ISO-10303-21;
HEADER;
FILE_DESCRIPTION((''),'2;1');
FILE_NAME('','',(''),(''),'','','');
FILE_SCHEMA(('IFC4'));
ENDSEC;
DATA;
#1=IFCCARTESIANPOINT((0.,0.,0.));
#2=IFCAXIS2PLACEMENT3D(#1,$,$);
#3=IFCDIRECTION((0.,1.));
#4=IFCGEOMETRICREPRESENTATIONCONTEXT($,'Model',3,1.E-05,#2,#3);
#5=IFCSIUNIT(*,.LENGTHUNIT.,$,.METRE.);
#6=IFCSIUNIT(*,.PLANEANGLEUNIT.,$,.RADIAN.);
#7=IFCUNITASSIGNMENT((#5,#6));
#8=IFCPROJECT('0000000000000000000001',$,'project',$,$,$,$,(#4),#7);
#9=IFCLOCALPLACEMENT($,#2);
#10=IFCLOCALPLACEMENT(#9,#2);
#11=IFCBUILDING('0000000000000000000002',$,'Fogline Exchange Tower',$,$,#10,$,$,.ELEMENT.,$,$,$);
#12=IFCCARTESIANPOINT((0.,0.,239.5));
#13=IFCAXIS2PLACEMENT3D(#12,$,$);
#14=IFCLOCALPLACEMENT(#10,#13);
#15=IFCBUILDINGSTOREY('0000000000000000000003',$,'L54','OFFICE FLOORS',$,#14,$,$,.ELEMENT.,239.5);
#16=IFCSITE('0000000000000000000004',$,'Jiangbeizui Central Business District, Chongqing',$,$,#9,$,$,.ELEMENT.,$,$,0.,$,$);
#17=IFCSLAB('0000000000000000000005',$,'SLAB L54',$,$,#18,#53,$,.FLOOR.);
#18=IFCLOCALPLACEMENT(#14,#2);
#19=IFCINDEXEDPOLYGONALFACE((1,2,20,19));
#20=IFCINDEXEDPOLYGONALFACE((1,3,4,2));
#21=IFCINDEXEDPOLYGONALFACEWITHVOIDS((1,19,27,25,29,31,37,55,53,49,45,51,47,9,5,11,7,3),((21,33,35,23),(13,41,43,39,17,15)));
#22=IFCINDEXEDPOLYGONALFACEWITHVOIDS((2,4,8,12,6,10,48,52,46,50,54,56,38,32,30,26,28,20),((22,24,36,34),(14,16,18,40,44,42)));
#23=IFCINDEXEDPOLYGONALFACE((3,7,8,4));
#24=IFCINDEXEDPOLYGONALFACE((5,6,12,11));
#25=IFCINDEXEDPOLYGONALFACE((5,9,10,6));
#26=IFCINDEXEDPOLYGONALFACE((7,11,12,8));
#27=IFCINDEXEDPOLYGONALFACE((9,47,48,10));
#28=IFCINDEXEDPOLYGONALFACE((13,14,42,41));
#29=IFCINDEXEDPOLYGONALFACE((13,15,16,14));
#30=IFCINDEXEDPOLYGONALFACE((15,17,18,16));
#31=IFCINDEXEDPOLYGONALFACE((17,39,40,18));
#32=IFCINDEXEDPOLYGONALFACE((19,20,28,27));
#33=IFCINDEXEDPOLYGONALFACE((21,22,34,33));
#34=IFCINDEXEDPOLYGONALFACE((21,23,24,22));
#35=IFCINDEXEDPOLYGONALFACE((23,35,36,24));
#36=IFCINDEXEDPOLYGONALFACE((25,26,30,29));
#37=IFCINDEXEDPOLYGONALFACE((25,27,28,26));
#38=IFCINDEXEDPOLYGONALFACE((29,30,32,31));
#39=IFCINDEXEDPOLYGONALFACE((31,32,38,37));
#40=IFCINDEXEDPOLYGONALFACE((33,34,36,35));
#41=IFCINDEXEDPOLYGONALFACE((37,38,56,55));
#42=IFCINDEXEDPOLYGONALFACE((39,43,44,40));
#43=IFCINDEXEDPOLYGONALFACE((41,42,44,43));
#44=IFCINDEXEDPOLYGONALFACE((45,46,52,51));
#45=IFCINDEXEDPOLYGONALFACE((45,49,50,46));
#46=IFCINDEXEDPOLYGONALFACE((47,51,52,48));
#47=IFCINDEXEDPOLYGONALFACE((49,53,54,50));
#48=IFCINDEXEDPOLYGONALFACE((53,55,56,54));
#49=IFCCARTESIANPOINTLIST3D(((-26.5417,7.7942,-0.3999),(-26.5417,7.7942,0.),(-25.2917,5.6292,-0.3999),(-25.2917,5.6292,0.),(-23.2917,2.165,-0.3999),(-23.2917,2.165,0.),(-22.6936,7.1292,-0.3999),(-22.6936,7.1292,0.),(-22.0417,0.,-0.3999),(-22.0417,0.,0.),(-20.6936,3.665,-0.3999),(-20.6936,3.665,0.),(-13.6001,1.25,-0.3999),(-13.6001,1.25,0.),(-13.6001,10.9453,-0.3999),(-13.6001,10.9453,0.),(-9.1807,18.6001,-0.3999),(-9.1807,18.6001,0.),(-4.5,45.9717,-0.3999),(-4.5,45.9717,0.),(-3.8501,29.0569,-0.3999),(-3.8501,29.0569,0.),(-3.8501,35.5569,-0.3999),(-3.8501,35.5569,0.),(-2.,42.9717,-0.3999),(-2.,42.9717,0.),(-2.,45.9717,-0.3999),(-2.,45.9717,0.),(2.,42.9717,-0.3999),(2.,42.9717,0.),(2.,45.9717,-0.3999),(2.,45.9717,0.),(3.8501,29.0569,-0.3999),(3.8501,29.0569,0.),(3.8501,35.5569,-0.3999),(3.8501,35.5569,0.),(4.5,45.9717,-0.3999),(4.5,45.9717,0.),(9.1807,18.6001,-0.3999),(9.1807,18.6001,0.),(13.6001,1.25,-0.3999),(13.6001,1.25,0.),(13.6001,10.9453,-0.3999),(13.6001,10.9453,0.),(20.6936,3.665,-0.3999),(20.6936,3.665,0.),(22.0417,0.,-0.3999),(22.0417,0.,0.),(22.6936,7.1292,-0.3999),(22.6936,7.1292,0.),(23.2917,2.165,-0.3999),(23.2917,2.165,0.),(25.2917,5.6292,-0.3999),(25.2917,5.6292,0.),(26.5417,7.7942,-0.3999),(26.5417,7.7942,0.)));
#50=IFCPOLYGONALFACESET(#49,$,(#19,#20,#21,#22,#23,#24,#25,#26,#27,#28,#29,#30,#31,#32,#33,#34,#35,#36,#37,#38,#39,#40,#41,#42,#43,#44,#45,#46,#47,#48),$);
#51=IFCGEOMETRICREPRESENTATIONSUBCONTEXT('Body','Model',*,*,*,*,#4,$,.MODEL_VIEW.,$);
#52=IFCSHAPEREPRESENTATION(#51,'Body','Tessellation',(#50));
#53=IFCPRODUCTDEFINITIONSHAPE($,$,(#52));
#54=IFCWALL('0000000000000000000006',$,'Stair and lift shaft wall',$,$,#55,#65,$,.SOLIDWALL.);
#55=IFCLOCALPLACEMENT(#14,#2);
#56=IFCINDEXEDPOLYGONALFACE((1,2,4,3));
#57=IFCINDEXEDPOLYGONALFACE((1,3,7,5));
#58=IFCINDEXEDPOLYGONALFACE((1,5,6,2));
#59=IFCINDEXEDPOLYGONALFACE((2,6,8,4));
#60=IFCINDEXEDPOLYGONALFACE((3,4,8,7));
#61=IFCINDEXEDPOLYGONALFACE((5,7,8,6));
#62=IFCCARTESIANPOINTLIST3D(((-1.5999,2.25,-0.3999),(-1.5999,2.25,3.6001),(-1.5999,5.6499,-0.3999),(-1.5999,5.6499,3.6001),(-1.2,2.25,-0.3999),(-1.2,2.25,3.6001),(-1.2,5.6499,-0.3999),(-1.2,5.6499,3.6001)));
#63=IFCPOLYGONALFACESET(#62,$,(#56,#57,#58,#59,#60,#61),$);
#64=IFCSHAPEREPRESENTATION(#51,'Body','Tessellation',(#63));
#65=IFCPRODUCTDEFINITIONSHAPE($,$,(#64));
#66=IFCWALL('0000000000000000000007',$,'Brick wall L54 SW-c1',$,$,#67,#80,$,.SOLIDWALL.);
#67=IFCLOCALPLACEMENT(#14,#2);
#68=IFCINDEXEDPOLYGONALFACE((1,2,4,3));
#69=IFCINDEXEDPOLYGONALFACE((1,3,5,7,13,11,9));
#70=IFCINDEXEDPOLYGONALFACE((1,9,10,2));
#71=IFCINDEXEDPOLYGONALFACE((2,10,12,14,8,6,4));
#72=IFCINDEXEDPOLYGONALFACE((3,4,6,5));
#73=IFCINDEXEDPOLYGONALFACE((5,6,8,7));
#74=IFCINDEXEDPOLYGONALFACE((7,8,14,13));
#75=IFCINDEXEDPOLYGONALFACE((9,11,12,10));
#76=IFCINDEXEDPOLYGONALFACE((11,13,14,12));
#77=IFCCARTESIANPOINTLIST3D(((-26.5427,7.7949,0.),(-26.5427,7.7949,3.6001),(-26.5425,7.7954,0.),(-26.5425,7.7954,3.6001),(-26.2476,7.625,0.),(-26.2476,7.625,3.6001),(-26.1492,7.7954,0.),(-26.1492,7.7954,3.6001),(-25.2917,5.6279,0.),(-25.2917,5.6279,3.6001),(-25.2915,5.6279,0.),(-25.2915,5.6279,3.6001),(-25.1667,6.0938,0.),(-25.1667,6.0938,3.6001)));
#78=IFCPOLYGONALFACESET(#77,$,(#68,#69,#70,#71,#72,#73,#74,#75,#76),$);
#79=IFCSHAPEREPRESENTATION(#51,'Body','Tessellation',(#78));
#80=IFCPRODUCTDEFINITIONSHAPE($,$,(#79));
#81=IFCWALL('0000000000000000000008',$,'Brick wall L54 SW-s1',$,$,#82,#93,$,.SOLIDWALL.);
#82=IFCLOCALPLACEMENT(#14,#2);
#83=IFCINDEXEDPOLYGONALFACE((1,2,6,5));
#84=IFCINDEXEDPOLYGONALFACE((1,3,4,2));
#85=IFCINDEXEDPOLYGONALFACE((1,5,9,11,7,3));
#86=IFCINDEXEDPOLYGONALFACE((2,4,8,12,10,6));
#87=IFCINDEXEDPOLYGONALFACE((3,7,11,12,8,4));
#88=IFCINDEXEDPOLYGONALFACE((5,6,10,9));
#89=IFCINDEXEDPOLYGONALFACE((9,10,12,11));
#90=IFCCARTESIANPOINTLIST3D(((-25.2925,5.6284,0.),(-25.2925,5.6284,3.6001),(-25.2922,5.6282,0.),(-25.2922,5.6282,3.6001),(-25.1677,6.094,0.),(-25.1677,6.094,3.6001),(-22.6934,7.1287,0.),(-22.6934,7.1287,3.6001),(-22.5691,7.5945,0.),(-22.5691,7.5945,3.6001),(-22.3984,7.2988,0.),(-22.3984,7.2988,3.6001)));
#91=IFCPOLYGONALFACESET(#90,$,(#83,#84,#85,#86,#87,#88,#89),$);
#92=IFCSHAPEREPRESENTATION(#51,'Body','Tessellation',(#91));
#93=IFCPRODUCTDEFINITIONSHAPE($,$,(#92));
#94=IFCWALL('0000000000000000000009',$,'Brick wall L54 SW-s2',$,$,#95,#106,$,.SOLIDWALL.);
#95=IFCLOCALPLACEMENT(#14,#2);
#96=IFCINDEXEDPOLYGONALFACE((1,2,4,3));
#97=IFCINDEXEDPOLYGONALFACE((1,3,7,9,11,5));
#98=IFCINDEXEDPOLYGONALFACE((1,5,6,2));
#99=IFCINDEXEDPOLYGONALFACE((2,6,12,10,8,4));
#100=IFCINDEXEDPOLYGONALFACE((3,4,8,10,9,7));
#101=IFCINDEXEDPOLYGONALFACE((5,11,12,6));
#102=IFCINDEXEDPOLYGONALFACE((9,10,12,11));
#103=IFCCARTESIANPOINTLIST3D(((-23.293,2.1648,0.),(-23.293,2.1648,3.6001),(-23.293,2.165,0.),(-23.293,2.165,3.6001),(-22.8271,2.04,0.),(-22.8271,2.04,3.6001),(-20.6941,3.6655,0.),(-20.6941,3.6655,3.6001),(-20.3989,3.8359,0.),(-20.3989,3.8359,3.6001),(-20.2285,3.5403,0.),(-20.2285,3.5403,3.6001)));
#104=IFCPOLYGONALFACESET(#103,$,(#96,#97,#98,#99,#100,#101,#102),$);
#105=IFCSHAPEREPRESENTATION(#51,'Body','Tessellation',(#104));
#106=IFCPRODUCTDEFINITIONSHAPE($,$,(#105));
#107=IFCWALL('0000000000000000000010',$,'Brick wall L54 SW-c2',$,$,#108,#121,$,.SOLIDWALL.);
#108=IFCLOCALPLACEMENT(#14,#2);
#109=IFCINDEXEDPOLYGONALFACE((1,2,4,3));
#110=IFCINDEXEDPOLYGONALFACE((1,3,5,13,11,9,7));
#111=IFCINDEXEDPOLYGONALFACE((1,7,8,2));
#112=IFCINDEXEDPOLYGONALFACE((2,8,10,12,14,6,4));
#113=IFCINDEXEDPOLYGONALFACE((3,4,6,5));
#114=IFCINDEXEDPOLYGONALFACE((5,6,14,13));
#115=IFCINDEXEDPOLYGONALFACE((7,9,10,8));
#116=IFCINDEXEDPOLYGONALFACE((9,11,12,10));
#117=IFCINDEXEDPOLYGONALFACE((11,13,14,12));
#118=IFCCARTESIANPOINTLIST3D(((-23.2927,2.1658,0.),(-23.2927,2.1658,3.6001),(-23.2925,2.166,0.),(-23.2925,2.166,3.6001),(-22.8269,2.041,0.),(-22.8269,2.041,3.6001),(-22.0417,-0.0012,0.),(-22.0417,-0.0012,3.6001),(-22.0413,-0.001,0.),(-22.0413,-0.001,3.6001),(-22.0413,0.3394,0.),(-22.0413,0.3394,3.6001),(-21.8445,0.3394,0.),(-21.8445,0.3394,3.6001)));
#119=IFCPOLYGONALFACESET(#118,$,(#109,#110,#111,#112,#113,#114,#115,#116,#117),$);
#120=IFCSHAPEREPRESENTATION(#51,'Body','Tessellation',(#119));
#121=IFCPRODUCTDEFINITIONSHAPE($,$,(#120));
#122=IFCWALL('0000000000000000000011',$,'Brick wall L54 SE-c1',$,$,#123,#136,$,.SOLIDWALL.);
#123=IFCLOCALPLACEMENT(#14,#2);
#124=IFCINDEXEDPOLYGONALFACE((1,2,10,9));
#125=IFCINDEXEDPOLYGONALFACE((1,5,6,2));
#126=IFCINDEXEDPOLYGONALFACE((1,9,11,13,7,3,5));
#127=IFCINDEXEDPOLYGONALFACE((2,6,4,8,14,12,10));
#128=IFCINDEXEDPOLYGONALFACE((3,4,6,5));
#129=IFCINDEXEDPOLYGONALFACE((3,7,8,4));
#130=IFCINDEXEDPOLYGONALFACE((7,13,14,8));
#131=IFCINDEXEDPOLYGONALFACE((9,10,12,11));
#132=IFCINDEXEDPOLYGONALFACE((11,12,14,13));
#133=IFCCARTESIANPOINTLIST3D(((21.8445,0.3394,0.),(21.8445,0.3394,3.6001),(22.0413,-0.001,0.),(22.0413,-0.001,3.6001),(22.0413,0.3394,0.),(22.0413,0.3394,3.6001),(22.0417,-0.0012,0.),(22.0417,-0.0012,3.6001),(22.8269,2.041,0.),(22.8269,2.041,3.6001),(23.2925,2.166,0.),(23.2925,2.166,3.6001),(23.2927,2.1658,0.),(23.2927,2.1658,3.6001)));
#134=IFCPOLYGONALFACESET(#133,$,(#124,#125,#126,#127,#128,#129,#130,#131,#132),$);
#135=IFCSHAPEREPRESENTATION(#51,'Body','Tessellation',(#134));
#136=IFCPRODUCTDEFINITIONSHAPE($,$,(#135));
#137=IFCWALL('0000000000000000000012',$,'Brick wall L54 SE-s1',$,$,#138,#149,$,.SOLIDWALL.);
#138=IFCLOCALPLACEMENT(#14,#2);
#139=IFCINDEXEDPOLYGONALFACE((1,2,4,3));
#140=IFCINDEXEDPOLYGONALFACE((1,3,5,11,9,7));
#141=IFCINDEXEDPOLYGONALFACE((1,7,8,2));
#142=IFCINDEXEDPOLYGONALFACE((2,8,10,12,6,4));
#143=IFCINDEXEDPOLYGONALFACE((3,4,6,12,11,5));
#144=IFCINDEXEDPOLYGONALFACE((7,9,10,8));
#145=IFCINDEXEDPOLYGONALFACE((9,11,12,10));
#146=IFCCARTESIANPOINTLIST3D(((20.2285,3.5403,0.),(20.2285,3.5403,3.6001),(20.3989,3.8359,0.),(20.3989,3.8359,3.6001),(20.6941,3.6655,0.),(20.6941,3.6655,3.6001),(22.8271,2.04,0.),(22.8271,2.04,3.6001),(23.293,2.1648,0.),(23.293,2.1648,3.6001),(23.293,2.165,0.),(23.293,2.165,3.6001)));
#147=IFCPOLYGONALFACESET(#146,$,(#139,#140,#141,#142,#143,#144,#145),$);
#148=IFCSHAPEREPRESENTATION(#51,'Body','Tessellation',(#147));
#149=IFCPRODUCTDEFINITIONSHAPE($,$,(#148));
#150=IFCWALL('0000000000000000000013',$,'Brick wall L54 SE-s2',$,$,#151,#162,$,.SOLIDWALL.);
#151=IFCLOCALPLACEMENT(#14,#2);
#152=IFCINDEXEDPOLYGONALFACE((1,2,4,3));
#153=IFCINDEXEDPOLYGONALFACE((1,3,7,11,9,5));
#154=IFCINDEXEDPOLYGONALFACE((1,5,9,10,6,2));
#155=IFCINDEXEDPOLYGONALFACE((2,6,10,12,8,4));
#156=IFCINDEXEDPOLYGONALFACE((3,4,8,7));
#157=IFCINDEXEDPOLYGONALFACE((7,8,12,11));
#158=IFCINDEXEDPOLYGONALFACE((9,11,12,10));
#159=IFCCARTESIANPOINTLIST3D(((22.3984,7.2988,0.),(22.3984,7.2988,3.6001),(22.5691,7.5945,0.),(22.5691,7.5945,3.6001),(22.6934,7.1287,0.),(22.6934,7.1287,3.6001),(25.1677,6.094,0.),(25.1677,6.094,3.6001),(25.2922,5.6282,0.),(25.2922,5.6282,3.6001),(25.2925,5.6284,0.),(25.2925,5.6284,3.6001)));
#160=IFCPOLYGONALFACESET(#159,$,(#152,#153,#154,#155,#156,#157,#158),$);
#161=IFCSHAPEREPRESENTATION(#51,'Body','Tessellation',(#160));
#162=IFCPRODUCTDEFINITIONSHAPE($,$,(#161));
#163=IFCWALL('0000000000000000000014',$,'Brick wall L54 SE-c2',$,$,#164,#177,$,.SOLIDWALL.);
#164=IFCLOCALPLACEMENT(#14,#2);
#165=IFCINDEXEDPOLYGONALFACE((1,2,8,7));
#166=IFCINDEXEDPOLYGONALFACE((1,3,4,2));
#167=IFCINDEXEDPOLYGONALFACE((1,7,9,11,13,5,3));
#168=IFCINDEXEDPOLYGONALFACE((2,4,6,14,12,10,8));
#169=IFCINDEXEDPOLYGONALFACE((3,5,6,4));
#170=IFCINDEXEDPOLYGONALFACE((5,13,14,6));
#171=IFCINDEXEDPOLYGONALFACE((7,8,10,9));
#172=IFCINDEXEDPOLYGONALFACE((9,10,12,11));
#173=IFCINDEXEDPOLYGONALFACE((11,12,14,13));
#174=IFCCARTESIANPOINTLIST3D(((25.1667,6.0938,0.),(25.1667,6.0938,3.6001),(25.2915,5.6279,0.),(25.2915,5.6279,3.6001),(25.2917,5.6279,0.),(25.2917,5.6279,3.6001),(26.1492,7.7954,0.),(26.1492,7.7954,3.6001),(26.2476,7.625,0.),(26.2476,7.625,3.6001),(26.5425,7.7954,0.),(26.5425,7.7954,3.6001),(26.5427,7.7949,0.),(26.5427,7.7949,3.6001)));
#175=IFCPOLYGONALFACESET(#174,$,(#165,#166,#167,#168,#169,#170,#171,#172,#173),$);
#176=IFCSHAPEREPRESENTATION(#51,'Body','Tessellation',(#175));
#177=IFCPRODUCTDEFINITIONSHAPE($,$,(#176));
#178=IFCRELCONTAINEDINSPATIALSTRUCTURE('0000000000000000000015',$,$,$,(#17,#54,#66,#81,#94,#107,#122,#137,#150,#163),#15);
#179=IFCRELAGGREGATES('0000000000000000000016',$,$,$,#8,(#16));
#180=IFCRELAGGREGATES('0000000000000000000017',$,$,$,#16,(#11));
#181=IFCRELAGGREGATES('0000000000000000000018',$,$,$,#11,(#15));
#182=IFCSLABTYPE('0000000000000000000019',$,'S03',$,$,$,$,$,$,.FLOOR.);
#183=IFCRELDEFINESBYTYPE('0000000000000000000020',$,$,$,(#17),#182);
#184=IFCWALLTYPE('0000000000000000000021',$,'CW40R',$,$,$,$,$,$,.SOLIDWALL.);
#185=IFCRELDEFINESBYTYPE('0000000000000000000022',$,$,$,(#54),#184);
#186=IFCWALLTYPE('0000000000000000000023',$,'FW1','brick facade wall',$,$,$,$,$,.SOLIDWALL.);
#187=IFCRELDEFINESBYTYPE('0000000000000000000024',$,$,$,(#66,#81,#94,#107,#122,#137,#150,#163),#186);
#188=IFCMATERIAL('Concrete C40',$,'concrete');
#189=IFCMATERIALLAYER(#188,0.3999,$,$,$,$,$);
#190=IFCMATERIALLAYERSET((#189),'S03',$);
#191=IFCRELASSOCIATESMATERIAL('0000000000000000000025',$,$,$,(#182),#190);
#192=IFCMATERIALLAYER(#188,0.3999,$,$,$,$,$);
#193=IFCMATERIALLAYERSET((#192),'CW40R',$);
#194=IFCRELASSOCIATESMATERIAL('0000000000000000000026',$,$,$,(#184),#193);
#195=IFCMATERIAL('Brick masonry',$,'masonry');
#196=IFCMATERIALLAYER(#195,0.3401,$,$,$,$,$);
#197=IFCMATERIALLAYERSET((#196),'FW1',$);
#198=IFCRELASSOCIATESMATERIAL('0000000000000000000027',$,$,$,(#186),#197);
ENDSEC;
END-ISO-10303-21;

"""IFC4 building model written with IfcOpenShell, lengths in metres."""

from ifc_helpers import new_model, si_unit, direction, frame, frame_2d, origin, place, context, subcontext, project, spatial, polyline, rectangle, outline, extrude, material, layer, layer_set, type_object, element, save


model = new_model("IFC4")

# Units and contexts
model_context = context("Model", 3, precision=1e-05, world=origin(), true_north=direction((0.0, 1.0)))
body_context = subcontext(model_context, "Body", "Model", "MODEL_VIEW")
ifc_project = project(units=[si_unit("LENGTHUNIT", "METRE"), si_unit("PLANEANGLEUNIT", "RADIAN")], contexts=[model_context])

# Site, building, storey
site_placement = place(None, origin())
site = spatial("IfcSite", under=ifc_project, at=site_placement, Name="Jiangbeizui Central Business District, Chongqing", CompositionType="ELEMENT", RefElevation=0.0)
building_placement = place(site_placement, origin())
building = spatial("IfcBuilding", under=site, at=building_placement, Name="Fogline Exchange Tower", CompositionType="ELEMENT")
storey_placement = place(building_placement, frame((0.0, 0.0, 239.5)))
storey = spatial("IfcBuildingStorey", under=building, at=storey_placement, Name="L54", Description="OFFICE FLOORS", CompositionType="ELEMENT", Elevation=239.5)

# Slab
ifc_material_1 = material(Name="Concrete C40", Category="concrete")
ifc_layer_1 = layer(ifc_material_1, 0.3999)
ifc_layer_set_1 = layer_set([ifc_layer_1], Name="S03")
slab_type = type_object("IfcSlabType", Name="S03", PredefinedType="FLOOR", material=ifc_layer_set_1)
slab_placement = place(storey_placement, frame((0.0, 0.0, -0.3999)))
element("IfcSlab", 1, at=slab_placement, inside=storey, type_object=slab_type, Name="SLAB L54", PredefinedType="FLOOR", context=body_context, shape_type="SweptSolid", body=[
    extrude(outline(polyline([(-2.0, 45.9717), (-4.5, 45.9717), (-26.5417, 7.7942), (-25.2917, 5.6292), (-22.6936, 7.1292), (-20.6936, 3.665), (-23.2917, 2.165), (-22.0417, 0.0), (22.0417, 0.0), (23.2917, 2.165), (20.6936, 3.665), (22.6936, 7.1292), (25.2917, 5.6292), (26.5417, 7.7942), (4.5, 45.9717), (2.0, 45.9717), (2.0, 42.9717), (-2.0, 42.9717), (-2.0, 45.9717)]), holes=[polyline([(13.6001, 10.9453), (13.6001, 1.25), (-13.6001, 1.25), (-13.6001, 10.9453), (-9.1807, 18.6001), (9.1807, 18.6001), (13.6001, 10.9453)]), polyline([(3.8501, 35.5569), (3.8501, 29.0569), (-3.8501, 29.0569), (-3.8501, 35.5569), (3.8501, 35.5569)])]), origin(), (0.0, 0.0, 1.0), 0.3999),
])

# Walls
ifc_layer_2 = layer(ifc_material_1, 0.3999)
ifc_layer_set_2 = layer_set([ifc_layer_2], Name="CW40R")
wall_type_1 = type_object("IfcWallType", Name="CW40R", PredefinedType="SOLIDWALL", material=ifc_layer_set_2)
wall_1_placement = place(storey_placement, frame((-1.3999, 2.25, -0.3999), z_axis=(0.0, 0.0, 1.0), x_axis=(0.0, 1.0, 0.0)))
element("IfcWall", 2, at=wall_1_placement, inside=storey, type_object=wall_type_1, Name="Stair and lift shaft wall", PredefinedType="SOLIDWALL", context=body_context, shape_type="SweptSolid", body=[
    extrude(rectangle(XDim=3.3999, YDim=0.3999, at=frame_2d((1.7, 0.0))), origin(), (0.0, 0.0, 1.0), 4.0),
])
ifc_material_2 = material(Name="Brick masonry", Category="masonry")
ifc_layer_3 = layer(ifc_material_2, 0.3401)
ifc_layer_set_3 = layer_set([ifc_layer_3], Name="FW1")
wall_type_2 = type_object("IfcWallType", Name="FW1", Description="brick facade wall", PredefinedType="SOLIDWALL", material=ifc_layer_set_3)
wall_2_placement = place(storey_placement, origin())
element("IfcWall", 3, at=wall_2_placement, inside=storey, type_object=wall_type_2, Name="Brick wall L54 SW-c1", PredefinedType="SOLIDWALL", context=body_context, shape_type="SweptSolid", body=[
    extrude(outline(polyline([(-25.2917, 5.6279), (-26.5427, 7.7949), (-26.5425, 7.7954), (-26.2476, 7.625), (-26.1492, 7.7954), (-25.1667, 6.0938), (-25.2915, 5.6279), (-25.2917, 5.6279)])), origin(), (0.0, 0.0, 1.0), 3.6001),
])
wall_3_placement = place(storey_placement, origin())
element("IfcWall", 4, at=wall_3_placement, inside=storey, type_object=wall_type_2, Name="Brick wall L54 SW-s1", PredefinedType="SOLIDWALL", context=body_context, shape_type="SweptSolid", body=[
    extrude(outline(polyline([(-22.5691, 7.5945), (-22.3984, 7.2988), (-22.6934, 7.1287), (-25.2922, 5.6282), (-25.2925, 5.6284), (-25.1677, 6.094), (-22.5691, 7.5945)])), origin(), (0.0, 0.0, 1.0), 3.6001),
])
wall_4_placement = place(storey_placement, origin())
element("IfcWall", 5, at=wall_4_placement, inside=storey, type_object=wall_type_2, Name="Brick wall L54 SW-s2", PredefinedType="SOLIDWALL", context=body_context, shape_type="SweptSolid", body=[
    extrude(outline(polyline([(-23.293, 2.165), (-20.6941, 3.6655), (-20.3989, 3.8359), (-20.2285, 3.5403), (-22.8271, 2.04), (-23.293, 2.1648), (-23.293, 2.165)])), origin(), (0.0, 0.0, 1.0), 3.6001),
])
wall_5_placement = place(storey_placement, origin())
element("IfcWall", 6, at=wall_5_placement, inside=storey, type_object=wall_type_2, Name="Brick wall L54 SW-c2", PredefinedType="SOLIDWALL", context=body_context, shape_type="SweptSolid", body=[
    extrude(outline(polyline([(-21.8445, 0.3394), (-22.0413, 0.3394), (-22.0413, -0.001), (-22.0417, -0.0012), (-23.2927, 2.1658), (-23.2925, 2.166), (-22.8269, 2.041), (-21.8445, 0.3394)])), origin(), (0.0, 0.0, 1.0), 3.6001),
])
wall_6_placement = place(storey_placement, origin())
element("IfcWall", 7, at=wall_6_placement, inside=storey, type_object=wall_type_2, Name="Brick wall L54 SE-c1", PredefinedType="SOLIDWALL", context=body_context, shape_type="SweptSolid", body=[
    extrude(outline(polyline([(23.2927, 2.1658), (22.0417, -0.0012), (22.0413, -0.001), (22.0413, 0.3394), (21.8445, 0.3394), (22.8269, 2.041), (23.2925, 2.166), (23.2927, 2.1658)])), origin(), (0.0, 0.0, 1.0), 3.6001),
])
wall_7_placement = place(storey_placement, origin())
element("IfcWall", 8, at=wall_7_placement, inside=storey, type_object=wall_type_2, Name="Brick wall L54 SE-s1", PredefinedType="SOLIDWALL", context=body_context, shape_type="SweptSolid", body=[
    extrude(outline(polyline([(20.2285, 3.5403), (20.3989, 3.8359), (20.6941, 3.6655), (23.293, 2.165), (23.293, 2.1648), (22.8271, 2.04), (20.2285, 3.5403)])), origin(), (0.0, 0.0, 1.0), 3.6001),
])
wall_8_placement = place(storey_placement, origin())
element("IfcWall", 9, at=wall_8_placement, inside=storey, type_object=wall_type_2, Name="Brick wall L54 SE-s2", PredefinedType="SOLIDWALL", context=body_context, shape_type="SweptSolid", body=[
    extrude(outline(polyline([(25.2922, 5.6282), (22.6934, 7.1287), (22.3984, 7.2988), (22.5691, 7.5945), (25.1677, 6.094), (25.2925, 5.6284), (25.2922, 5.6282)])), origin(), (0.0, 0.0, 1.0), 3.6001),
])
wall_9_placement = place(storey_placement, origin())
element("IfcWall", 10, at=wall_9_placement, inside=storey, type_object=wall_type_2, Name="Brick wall L54 SE-c2", PredefinedType="SOLIDWALL", context=body_context, shape_type="SweptSolid", body=[
    extrude(outline(polyline([(26.1492, 7.7954), (26.2476, 7.625), (26.5425, 7.7954), (26.5427, 7.7949), (25.2917, 5.6279), (25.2915, 5.6279), (25.1667, 6.0938), (26.1492, 7.7954)])), origin(), (0.0, 0.0, 1.0), 3.6001),
])

save(model, "model.ifc")
